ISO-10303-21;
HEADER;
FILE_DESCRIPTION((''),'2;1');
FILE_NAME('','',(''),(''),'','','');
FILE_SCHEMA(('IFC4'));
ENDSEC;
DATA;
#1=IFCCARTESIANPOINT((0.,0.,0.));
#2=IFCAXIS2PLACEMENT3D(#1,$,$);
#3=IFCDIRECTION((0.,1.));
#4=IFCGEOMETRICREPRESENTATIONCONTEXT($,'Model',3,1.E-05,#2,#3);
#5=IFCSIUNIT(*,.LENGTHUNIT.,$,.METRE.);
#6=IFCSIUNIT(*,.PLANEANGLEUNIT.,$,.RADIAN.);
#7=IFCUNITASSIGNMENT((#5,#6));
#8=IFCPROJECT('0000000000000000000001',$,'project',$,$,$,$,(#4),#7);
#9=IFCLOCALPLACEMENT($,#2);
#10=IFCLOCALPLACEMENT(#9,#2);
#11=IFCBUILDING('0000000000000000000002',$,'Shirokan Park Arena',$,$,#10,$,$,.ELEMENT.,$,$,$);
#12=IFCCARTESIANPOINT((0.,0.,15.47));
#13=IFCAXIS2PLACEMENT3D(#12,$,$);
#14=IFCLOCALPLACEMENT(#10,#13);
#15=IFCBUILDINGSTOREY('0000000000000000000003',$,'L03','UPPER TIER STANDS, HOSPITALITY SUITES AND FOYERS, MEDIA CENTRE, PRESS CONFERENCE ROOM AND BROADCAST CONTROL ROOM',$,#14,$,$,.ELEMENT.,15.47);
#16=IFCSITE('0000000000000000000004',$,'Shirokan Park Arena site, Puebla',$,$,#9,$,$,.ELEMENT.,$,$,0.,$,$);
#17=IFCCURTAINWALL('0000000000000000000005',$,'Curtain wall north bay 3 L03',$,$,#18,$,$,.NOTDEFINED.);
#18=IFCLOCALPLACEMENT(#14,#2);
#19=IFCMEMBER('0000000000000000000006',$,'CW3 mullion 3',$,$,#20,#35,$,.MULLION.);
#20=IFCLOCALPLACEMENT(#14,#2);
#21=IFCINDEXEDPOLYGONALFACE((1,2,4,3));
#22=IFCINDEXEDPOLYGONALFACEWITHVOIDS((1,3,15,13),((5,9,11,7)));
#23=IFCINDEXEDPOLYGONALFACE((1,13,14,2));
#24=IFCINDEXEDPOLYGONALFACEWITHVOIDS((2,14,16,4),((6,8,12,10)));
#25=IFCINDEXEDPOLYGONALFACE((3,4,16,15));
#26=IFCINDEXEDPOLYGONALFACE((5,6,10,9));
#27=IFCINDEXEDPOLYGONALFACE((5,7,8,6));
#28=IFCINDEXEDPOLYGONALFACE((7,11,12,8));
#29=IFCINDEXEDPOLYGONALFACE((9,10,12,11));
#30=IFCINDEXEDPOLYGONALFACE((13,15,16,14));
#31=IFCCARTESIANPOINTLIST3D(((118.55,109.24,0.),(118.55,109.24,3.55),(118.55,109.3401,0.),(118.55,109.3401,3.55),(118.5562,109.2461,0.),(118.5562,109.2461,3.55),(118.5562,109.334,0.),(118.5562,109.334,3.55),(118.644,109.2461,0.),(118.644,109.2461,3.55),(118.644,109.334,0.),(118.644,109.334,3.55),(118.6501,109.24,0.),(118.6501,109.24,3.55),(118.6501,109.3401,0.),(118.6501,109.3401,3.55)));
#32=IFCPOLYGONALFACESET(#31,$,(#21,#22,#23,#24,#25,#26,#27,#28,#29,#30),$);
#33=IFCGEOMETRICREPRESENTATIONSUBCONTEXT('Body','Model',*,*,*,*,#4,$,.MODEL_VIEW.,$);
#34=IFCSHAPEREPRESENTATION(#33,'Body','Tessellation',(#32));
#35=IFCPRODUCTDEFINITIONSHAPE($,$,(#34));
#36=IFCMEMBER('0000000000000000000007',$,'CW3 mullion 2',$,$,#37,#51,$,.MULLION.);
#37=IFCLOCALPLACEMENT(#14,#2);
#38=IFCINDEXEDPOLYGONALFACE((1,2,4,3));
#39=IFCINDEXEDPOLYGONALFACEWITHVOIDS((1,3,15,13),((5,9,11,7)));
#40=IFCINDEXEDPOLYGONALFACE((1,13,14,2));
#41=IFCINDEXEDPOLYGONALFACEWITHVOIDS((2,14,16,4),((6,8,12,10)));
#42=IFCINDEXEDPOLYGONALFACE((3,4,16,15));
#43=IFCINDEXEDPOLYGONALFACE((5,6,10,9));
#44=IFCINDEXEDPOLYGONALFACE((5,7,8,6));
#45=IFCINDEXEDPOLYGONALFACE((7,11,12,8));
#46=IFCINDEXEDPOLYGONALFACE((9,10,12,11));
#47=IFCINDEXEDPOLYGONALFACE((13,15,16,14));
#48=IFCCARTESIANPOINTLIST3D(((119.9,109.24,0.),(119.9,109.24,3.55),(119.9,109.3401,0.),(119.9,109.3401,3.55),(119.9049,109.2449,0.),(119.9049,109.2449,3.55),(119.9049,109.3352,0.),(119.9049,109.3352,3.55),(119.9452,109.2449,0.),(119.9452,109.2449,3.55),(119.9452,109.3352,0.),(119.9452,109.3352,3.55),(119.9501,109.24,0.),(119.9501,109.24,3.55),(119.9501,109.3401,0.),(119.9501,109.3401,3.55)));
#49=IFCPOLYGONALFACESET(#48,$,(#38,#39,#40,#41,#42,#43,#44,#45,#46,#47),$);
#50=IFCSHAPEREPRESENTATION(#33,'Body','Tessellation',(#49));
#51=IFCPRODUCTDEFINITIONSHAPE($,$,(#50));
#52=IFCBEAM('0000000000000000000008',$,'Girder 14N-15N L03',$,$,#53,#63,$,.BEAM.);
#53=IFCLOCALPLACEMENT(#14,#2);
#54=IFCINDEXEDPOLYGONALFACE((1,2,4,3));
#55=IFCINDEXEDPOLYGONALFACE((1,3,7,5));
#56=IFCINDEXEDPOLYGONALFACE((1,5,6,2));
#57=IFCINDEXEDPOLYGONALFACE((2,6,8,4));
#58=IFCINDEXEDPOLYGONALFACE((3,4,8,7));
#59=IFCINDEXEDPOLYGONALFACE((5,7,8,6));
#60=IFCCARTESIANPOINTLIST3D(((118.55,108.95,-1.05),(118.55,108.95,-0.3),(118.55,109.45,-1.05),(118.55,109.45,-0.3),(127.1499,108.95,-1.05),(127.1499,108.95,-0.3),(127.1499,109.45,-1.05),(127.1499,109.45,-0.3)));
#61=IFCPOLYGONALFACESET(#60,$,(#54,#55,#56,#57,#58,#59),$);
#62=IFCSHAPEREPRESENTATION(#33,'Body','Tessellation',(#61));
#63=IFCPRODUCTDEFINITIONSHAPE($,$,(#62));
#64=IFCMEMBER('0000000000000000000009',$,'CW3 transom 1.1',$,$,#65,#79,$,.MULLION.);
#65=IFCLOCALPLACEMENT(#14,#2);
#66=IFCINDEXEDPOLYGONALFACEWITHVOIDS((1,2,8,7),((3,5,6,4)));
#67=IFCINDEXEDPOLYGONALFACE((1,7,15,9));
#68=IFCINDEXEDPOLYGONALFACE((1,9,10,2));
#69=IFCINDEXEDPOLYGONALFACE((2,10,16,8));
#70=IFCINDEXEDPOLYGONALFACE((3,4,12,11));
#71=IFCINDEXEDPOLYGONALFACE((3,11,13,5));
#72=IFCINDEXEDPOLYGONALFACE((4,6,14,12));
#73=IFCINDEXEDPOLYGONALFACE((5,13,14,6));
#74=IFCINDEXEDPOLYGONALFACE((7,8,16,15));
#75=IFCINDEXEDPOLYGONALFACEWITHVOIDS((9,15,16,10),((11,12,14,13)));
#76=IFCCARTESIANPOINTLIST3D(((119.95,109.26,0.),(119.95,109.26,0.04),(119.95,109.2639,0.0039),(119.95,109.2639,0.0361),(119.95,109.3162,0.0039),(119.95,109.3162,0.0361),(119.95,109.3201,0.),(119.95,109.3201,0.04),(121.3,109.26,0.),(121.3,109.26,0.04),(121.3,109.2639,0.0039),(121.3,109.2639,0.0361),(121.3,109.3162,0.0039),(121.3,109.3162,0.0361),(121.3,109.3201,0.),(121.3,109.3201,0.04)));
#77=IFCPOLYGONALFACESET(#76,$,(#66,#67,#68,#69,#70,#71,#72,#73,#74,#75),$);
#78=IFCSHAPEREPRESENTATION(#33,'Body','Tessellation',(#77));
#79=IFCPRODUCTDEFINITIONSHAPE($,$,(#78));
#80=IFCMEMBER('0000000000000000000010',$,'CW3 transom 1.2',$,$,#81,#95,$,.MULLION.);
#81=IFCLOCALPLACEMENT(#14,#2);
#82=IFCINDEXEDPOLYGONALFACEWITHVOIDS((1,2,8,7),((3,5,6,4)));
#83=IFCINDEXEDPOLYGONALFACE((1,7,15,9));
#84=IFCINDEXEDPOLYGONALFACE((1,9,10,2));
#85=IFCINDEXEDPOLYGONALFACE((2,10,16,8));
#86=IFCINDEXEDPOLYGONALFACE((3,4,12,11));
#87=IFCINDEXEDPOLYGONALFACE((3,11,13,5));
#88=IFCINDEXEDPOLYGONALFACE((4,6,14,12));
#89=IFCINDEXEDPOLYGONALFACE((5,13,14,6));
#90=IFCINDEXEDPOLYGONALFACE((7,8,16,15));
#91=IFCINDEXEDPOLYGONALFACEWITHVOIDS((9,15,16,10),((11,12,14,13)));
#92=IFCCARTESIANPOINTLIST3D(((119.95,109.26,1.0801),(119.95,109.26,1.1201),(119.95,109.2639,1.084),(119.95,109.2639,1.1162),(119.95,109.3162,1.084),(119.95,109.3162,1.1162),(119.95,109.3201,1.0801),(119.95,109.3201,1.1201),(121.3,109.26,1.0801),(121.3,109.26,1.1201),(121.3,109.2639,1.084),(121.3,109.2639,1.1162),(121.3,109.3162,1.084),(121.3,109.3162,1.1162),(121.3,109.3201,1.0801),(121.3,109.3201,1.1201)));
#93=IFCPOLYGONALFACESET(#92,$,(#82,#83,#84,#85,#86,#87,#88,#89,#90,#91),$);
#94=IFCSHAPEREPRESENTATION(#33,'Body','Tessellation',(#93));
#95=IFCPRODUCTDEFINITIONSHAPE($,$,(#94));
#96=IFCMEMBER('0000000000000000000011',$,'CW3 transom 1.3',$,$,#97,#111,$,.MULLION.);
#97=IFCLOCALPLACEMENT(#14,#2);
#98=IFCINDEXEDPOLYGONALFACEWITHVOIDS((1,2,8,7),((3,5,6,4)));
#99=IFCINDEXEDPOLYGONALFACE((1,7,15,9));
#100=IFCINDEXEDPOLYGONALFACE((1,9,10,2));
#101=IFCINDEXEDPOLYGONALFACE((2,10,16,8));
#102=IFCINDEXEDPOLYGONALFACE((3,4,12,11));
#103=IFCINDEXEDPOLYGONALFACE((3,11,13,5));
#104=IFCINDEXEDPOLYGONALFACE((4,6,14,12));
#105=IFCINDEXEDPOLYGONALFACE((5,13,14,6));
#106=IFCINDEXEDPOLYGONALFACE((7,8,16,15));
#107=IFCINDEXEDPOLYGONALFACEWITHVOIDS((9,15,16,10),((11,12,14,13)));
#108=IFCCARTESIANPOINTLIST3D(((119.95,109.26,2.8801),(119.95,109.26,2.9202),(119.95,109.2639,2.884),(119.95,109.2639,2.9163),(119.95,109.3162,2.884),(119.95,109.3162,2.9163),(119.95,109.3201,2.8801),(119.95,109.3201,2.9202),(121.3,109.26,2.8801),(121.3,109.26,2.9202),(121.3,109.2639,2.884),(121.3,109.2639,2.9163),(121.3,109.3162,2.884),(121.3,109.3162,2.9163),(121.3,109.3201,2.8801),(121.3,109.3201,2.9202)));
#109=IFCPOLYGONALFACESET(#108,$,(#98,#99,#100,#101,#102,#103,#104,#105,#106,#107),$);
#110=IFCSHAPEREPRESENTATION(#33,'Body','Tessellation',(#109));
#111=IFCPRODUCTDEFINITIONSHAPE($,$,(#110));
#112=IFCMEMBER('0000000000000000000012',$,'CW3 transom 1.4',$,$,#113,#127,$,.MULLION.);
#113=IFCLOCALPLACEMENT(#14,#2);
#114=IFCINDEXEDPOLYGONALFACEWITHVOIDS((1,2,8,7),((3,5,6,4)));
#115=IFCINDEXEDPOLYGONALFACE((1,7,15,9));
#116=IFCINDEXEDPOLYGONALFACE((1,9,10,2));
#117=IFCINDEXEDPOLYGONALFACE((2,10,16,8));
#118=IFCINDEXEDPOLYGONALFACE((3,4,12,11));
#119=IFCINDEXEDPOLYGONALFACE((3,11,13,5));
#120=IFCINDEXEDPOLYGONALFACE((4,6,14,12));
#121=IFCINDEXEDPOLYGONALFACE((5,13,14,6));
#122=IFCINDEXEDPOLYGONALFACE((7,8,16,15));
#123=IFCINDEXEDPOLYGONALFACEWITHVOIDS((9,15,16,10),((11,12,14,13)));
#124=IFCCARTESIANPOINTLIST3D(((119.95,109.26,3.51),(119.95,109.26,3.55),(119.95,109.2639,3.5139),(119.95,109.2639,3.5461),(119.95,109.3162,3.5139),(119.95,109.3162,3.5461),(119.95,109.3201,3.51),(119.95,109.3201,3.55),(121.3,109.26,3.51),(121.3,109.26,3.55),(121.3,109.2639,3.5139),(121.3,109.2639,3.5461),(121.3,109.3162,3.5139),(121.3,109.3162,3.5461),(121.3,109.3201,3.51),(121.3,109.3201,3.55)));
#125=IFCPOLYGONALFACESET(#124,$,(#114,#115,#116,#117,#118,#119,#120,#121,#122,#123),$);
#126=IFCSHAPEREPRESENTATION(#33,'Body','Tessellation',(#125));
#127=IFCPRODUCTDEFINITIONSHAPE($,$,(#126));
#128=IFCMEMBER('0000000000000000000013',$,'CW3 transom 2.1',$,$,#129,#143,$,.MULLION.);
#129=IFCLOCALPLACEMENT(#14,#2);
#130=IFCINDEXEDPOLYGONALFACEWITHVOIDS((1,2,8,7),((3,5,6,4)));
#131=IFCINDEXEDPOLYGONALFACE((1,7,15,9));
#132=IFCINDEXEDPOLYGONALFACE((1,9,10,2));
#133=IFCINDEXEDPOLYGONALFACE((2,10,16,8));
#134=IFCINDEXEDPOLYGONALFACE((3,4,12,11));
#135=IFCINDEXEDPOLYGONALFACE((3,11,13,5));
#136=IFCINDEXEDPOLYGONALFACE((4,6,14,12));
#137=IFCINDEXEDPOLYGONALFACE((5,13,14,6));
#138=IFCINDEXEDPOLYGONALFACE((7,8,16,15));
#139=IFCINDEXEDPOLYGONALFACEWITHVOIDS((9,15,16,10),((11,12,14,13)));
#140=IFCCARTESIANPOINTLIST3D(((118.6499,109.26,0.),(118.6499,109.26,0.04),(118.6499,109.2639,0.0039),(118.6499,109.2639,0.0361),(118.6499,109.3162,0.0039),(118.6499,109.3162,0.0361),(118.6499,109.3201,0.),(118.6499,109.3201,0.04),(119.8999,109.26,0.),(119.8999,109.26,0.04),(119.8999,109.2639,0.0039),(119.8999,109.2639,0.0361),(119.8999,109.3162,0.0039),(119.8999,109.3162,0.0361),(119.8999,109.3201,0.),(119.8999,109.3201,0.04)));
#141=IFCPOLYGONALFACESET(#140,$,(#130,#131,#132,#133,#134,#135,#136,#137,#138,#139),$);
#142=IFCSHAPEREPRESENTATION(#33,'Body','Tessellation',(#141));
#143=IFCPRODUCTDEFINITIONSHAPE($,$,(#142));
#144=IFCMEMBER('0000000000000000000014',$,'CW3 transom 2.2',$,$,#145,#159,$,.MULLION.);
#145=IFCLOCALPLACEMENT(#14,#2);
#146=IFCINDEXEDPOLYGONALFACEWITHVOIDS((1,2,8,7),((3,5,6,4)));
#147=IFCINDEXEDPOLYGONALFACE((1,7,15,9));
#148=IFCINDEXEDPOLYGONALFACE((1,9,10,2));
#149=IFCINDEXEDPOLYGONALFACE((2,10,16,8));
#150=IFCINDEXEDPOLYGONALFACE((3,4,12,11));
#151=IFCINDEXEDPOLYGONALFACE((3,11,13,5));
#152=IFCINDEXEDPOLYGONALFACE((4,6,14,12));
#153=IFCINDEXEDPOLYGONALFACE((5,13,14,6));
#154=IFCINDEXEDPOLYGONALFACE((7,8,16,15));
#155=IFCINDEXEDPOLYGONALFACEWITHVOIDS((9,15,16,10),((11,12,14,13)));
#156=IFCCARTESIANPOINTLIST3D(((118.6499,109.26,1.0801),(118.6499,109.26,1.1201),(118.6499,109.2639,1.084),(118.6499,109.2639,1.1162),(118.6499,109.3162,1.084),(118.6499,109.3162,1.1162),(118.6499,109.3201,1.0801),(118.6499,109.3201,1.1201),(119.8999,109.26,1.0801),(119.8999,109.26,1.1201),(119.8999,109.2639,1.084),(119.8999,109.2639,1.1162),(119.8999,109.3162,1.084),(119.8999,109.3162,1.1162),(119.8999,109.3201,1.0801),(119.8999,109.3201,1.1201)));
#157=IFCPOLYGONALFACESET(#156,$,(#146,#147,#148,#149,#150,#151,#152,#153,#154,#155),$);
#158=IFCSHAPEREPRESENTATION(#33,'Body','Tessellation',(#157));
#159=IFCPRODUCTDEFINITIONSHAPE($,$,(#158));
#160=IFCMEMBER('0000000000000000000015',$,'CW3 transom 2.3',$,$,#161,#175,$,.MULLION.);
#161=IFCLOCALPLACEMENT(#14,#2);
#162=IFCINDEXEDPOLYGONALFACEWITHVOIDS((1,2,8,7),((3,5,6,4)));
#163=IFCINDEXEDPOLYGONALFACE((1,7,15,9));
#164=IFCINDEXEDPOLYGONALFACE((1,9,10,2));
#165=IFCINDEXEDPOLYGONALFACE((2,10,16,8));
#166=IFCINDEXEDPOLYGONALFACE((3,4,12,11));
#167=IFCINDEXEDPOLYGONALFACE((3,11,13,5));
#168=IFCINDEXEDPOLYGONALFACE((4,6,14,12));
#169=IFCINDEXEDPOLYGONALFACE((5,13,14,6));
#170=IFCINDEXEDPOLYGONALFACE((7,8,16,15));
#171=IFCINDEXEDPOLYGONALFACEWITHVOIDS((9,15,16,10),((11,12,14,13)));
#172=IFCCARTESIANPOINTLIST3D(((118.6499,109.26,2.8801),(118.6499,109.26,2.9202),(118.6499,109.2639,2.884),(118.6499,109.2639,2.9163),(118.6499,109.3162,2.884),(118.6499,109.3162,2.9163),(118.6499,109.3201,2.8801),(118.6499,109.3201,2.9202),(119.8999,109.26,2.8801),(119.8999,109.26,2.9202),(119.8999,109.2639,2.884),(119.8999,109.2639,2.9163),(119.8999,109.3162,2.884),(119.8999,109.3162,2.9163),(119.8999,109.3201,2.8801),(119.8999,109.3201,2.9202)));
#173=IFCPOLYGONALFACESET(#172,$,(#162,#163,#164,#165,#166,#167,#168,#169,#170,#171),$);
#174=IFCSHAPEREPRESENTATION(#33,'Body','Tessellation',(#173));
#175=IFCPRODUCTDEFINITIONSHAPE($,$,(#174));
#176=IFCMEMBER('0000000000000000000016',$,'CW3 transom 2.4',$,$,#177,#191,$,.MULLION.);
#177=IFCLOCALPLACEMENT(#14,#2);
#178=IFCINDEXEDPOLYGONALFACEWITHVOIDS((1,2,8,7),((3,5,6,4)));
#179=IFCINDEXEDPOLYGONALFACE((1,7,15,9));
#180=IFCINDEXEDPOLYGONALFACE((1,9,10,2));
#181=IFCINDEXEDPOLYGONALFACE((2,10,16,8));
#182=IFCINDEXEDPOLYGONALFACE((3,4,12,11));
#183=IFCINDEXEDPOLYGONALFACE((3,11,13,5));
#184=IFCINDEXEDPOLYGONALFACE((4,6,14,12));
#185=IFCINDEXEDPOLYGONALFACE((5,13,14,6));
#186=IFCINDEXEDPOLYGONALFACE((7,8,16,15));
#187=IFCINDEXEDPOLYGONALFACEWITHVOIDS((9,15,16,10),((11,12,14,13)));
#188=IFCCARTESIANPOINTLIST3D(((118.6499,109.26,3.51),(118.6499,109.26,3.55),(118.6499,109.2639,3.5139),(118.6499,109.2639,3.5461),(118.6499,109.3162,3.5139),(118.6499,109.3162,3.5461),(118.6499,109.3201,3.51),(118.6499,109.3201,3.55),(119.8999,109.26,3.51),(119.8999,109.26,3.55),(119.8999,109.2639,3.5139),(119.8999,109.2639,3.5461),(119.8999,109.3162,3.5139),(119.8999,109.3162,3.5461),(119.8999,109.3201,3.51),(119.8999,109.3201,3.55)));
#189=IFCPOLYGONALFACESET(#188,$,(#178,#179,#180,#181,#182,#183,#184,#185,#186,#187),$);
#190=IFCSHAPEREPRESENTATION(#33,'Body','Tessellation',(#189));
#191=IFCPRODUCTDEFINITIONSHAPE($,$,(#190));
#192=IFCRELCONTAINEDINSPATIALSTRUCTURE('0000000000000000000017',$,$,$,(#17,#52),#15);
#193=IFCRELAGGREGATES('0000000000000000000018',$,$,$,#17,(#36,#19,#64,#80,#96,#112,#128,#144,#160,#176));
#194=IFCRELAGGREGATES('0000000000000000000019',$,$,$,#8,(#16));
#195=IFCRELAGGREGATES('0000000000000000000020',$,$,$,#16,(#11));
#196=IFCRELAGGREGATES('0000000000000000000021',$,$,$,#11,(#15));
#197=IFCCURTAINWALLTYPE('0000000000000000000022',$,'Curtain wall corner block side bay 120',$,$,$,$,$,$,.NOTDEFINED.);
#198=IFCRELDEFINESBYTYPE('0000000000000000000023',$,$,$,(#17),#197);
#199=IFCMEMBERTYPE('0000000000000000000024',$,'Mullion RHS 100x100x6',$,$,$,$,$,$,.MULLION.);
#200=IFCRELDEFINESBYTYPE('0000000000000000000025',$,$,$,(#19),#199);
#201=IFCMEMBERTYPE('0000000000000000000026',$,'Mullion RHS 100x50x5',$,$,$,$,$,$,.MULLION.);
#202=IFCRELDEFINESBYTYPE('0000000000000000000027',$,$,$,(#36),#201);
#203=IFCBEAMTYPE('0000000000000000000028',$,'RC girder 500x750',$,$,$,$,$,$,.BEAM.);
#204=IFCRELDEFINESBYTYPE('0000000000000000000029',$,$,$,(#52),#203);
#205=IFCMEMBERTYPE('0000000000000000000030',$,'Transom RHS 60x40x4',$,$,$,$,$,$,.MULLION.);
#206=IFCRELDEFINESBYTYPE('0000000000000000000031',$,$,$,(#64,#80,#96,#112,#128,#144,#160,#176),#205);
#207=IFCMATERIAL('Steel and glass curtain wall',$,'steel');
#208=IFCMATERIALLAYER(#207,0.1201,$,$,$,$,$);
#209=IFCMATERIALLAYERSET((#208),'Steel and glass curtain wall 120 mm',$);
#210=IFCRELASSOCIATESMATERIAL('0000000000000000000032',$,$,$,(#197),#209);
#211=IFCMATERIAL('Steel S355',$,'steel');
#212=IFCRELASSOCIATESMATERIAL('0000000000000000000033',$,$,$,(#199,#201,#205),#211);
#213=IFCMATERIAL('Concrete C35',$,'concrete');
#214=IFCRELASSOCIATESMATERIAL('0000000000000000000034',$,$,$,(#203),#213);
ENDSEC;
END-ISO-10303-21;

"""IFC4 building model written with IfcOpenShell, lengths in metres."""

from ifc_helpers import new_model, si_unit, direction, frame, origin, origin_2d, place, context, subcontext, project, spatial, rectangle, hollow_rectangle, extrude, material, layer, layer_set, material_profile, profile_set, type_object, element, aggregate, save


model = new_model("IFC4")

# Units and contexts
model_context = context("Model", 3, precision=1e-05, world=origin(), true_north=direction((0.0, 1.0)))
body_context = subcontext(model_context, "Body", "Model", "MODEL_VIEW")
ifc_project = project(units=[si_unit("LENGTHUNIT", "METRE"), si_unit("PLANEANGLEUNIT", "RADIAN")], contexts=[model_context])

# Site, building, storey
site_placement = place(None, origin())
site = spatial("IfcSite", under=ifc_project, at=site_placement, Name="Shirokan Park Arena site, Puebla", CompositionType="ELEMENT", RefElevation=0.0)
building_placement = place(site_placement, origin())
building = spatial("IfcBuilding", under=site, at=building_placement, Name="Shirokan Park Arena", CompositionType="ELEMENT")
storey_placement = place(building_placement, frame((0.0, 0.0, 15.47)))
storey = spatial("IfcBuildingStorey", under=building, at=storey_placement, Name="L03", Description="UPPER TIER STANDS, HOSPITALITY SUITES AND FOYERS, MEDIA CENTRE, PRESS CONFERENCE ROOM AND BROADCAST CONTROL ROOM", CompositionType="ELEMENT", Elevation=15.47)

# Curtain wall, members
ifc_material_1 = material(Name="Steel and glass curtain wall", Category="steel")
ifc_layer_1 = layer(ifc_material_1, 0.1201)
ifc_layer_set_1 = layer_set([ifc_layer_1], Name="Steel and glass curtain wall 120 mm")
curtain_wall_type = type_object("IfcCurtainWallType", Name="Curtain wall corner block side bay 120", PredefinedType="NOTDEFINED", material=ifc_layer_set_1)
curtain_wall_placement = place(storey_placement, origin())
curtain_wall = element("IfcCurtainWall", 1, at=curtain_wall_placement, inside=storey, type_object=curtain_wall_type, Name="Curtain wall north bay 3 L03", PredefinedType="NOTDEFINED")
ifc_material_2 = material(Name="Steel S355", Category="steel")
ifc_material_profile_1 = material_profile(ifc_material_2, hollow_rectangle(XDim=0.1001, YDim=0.1001, WallThickness=0.0061, at=origin_2d()), Name="RHS 100x100x6")
ifc_profile_set_1 = profile_set([ifc_material_profile_1], Name="Steel S355")
member_type_1 = type_object("IfcMemberType", Name="Mullion RHS 100x100x6", PredefinedType="MULLION", material=ifc_profile_set_1)
member_1_placement = place(storey_placement, frame((118.6001, 109.29, 0.0), z_axis=(0.0, 0.0, 1.0), x_axis=(0.0, -1.0, 0.0)))
member_1 = element("IfcMember", 2, at=member_1_placement, type_object=member_type_1, Name="CW3 mullion 3", PredefinedType="MULLION", context=body_context, shape_type="SweptSolid", body=[
    extrude(hollow_rectangle(XDim=0.1001, YDim=0.1001, WallThickness=0.0061, at=origin_2d()), origin(), (0.0, 0.0, 1.0), 3.55),
])
ifc_material_profile_2 = material_profile(ifc_material_2, hollow_rectangle(XDim=0.1001, YDim=0.05, WallThickness=0.0049, at=origin_2d()), Name="RHS 100x50x5")
ifc_profile_set_2 = profile_set([ifc_material_profile_2], Name="Steel S355")
member_type_2 = type_object("IfcMemberType", Name="Mullion RHS 100x50x5", PredefinedType="MULLION", material=ifc_profile_set_2)
member_2_placement = place(storey_placement, frame((119.925, 109.29, 0.0), z_axis=(0.0, 0.0, 1.0), x_axis=(0.0, -1.0, 0.0)))
member_2 = element("IfcMember", 3, at=member_2_placement, type_object=member_type_2, Name="CW3 mullion 2", PredefinedType="MULLION", context=body_context, shape_type="SweptSolid", body=[
    extrude(hollow_rectangle(XDim=0.1001, YDim=0.05, WallThickness=0.0049, at=origin_2d()), origin(), (0.0, 0.0, 1.0), 3.55),
])

# Beam
ifc_material_3 = material(Name="Concrete C35", Category="concrete")
ifc_material_profile_3 = material_profile(ifc_material_3, rectangle(XDim=0.5, YDim=0.75, at=origin_2d()), Name="500x750")
ifc_profile_set_3 = profile_set([ifc_material_profile_3], Name="Concrete C35")
beam_type = type_object("IfcBeamType", Name="RC girder 500x750", PredefinedType="BEAM", material=ifc_profile_set_3)
beam_placement = place(storey_placement, frame((118.55, 109.2, -0.675), z_axis=(1.0, 0.0, 0.0), x_axis=(0.0, 1.0, 0.0)))
element("IfcBeam", 4, at=beam_placement, inside=storey, type_object=beam_type, Name="Girder 14N-15N L03", PredefinedType="BEAM", context=body_context, shape_type="SweptSolid", body=[
    extrude(rectangle(XDim=0.5, YDim=0.75, at=origin_2d()), origin(), (0.0, 0.0, 1.0), 8.5999),
])

# Members
ifc_material_profile_4 = material_profile(ifc_material_2, hollow_rectangle(XDim=0.0601, YDim=0.04, WallThickness=0.0039, at=origin_2d()), Name="RHS 60x40x4")
ifc_profile_set_4 = profile_set([ifc_material_profile_4], Name="Steel S355")
member_type_3 = type_object("IfcMemberType", Name="Transom RHS 60x40x4", PredefinedType="MULLION", material=ifc_profile_set_4)
member_3_placement = place(storey_placement, frame((121.3, 109.29, 0.02), z_axis=(-1.0, 0.0, 0.0), x_axis=(0.0, -1.0, 0.0)))
member_3 = element("IfcMember", 5, at=member_3_placement, type_object=member_type_3, Name="CW3 transom 1.1", PredefinedType="MULLION", context=body_context, shape_type="SweptSolid", body=[
    extrude(hollow_rectangle(XDim=0.0601, YDim=0.04, WallThickness=0.0039, at=origin_2d()), origin(), (0.0, 0.0, 1.0), 1.3501),
])
member_4_placement = place(storey_placement, frame((121.3, 109.29, 1.1001), z_axis=(-1.0, 0.0, 0.0), x_axis=(0.0, -1.0, 0.0)))
member_4 = element("IfcMember", 6, at=member_4_placement, type_object=member_type_3, Name="CW3 transom 1.2", PredefinedType="MULLION", context=body_context, shape_type="SweptSolid", body=[
    extrude(hollow_rectangle(XDim=0.0601, YDim=0.04, WallThickness=0.0039, at=origin_2d()), origin(), (0.0, 0.0, 1.0), 1.3501),
])
member_5_placement = place(storey_placement, frame((121.3, 109.29, 2.9001), z_axis=(-1.0, 0.0, 0.0), x_axis=(0.0, -1.0, 0.0)))
member_5 = element("IfcMember", 7, at=member_5_placement, type_object=member_type_3, Name="CW3 transom 1.3", PredefinedType="MULLION", context=body_context, shape_type="SweptSolid", body=[
    extrude(hollow_rectangle(XDim=0.0601, YDim=0.04, WallThickness=0.0039, at=origin_2d()), origin(), (0.0, 0.0, 1.0), 1.3501),
])
member_6_placement = place(storey_placement, frame((121.3, 109.29, 3.53), z_axis=(-1.0, 0.0, 0.0), x_axis=(0.0, -1.0, 0.0)))
member_6 = element("IfcMember", 8, at=member_6_placement, type_object=member_type_3, Name="CW3 transom 1.4", PredefinedType="MULLION", context=body_context, shape_type="SweptSolid", body=[
    extrude(hollow_rectangle(XDim=0.0601, YDim=0.04, WallThickness=0.0039, at=origin_2d()), origin(), (0.0, 0.0, 1.0), 1.3501),
])
member_7_placement = place(storey_placement, frame((119.8999, 109.29, 0.02), z_axis=(-1.0, 0.0, 0.0), x_axis=(0.0, -1.0, 0.0)))
member_7 = element("IfcMember", 9, at=member_7_placement, type_object=member_type_3, Name="CW3 transom 2.1", PredefinedType="MULLION", context=body_context, shape_type="SweptSolid", body=[
    extrude(hollow_rectangle(XDim=0.0601, YDim=0.04, WallThickness=0.0039, at=origin_2d()), origin(), (0.0, 0.0, 1.0), 1.25),
])
member_8_placement = place(storey_placement, frame((119.8999, 109.29, 1.1001), z_axis=(-1.0, 0.0, 0.0), x_axis=(0.0, -1.0, 0.0)))
member_8 = element("IfcMember", 10, at=member_8_placement, type_object=member_type_3, Name="CW3 transom 2.2", PredefinedType="MULLION", context=body_context, shape_type="SweptSolid", body=[
    extrude(hollow_rectangle(XDim=0.0601, YDim=0.04, WallThickness=0.0039, at=origin_2d()), origin(), (0.0, 0.0, 1.0), 1.25),
])
member_9_placement = place(storey_placement, frame((119.8999, 109.29, 2.9001), z_axis=(-1.0, 0.0, 0.0), x_axis=(0.0, -1.0, 0.0)))
member_9 = element("IfcMember", 11, at=member_9_placement, type_object=member_type_3, Name="CW3 transom 2.3", PredefinedType="MULLION", context=body_context, shape_type="SweptSolid", body=[
    extrude(hollow_rectangle(XDim=0.0601, YDim=0.04, WallThickness=0.0039, at=origin_2d()), origin(), (0.0, 0.0, 1.0), 1.25),
])
member_10_placement = place(storey_placement, frame((119.8999, 109.29, 3.53), z_axis=(-1.0, 0.0, 0.0), x_axis=(0.0, -1.0, 0.0)))
member_10 = element("IfcMember", 12, at=member_10_placement, type_object=member_type_3, Name="CW3 transom 2.4", PredefinedType="MULLION", context=body_context, shape_type="SweptSolid", body=[
    extrude(hollow_rectangle(XDim=0.0601, YDim=0.04, WallThickness=0.0039, at=origin_2d()), origin(), (0.0, 0.0, 1.0), 1.25),
])

aggregate(curtain_wall, [member_2, member_1, member_3, member_4, member_5, member_6, member_7, member_8, member_9, member_10])

save(model, "model.ifc")
